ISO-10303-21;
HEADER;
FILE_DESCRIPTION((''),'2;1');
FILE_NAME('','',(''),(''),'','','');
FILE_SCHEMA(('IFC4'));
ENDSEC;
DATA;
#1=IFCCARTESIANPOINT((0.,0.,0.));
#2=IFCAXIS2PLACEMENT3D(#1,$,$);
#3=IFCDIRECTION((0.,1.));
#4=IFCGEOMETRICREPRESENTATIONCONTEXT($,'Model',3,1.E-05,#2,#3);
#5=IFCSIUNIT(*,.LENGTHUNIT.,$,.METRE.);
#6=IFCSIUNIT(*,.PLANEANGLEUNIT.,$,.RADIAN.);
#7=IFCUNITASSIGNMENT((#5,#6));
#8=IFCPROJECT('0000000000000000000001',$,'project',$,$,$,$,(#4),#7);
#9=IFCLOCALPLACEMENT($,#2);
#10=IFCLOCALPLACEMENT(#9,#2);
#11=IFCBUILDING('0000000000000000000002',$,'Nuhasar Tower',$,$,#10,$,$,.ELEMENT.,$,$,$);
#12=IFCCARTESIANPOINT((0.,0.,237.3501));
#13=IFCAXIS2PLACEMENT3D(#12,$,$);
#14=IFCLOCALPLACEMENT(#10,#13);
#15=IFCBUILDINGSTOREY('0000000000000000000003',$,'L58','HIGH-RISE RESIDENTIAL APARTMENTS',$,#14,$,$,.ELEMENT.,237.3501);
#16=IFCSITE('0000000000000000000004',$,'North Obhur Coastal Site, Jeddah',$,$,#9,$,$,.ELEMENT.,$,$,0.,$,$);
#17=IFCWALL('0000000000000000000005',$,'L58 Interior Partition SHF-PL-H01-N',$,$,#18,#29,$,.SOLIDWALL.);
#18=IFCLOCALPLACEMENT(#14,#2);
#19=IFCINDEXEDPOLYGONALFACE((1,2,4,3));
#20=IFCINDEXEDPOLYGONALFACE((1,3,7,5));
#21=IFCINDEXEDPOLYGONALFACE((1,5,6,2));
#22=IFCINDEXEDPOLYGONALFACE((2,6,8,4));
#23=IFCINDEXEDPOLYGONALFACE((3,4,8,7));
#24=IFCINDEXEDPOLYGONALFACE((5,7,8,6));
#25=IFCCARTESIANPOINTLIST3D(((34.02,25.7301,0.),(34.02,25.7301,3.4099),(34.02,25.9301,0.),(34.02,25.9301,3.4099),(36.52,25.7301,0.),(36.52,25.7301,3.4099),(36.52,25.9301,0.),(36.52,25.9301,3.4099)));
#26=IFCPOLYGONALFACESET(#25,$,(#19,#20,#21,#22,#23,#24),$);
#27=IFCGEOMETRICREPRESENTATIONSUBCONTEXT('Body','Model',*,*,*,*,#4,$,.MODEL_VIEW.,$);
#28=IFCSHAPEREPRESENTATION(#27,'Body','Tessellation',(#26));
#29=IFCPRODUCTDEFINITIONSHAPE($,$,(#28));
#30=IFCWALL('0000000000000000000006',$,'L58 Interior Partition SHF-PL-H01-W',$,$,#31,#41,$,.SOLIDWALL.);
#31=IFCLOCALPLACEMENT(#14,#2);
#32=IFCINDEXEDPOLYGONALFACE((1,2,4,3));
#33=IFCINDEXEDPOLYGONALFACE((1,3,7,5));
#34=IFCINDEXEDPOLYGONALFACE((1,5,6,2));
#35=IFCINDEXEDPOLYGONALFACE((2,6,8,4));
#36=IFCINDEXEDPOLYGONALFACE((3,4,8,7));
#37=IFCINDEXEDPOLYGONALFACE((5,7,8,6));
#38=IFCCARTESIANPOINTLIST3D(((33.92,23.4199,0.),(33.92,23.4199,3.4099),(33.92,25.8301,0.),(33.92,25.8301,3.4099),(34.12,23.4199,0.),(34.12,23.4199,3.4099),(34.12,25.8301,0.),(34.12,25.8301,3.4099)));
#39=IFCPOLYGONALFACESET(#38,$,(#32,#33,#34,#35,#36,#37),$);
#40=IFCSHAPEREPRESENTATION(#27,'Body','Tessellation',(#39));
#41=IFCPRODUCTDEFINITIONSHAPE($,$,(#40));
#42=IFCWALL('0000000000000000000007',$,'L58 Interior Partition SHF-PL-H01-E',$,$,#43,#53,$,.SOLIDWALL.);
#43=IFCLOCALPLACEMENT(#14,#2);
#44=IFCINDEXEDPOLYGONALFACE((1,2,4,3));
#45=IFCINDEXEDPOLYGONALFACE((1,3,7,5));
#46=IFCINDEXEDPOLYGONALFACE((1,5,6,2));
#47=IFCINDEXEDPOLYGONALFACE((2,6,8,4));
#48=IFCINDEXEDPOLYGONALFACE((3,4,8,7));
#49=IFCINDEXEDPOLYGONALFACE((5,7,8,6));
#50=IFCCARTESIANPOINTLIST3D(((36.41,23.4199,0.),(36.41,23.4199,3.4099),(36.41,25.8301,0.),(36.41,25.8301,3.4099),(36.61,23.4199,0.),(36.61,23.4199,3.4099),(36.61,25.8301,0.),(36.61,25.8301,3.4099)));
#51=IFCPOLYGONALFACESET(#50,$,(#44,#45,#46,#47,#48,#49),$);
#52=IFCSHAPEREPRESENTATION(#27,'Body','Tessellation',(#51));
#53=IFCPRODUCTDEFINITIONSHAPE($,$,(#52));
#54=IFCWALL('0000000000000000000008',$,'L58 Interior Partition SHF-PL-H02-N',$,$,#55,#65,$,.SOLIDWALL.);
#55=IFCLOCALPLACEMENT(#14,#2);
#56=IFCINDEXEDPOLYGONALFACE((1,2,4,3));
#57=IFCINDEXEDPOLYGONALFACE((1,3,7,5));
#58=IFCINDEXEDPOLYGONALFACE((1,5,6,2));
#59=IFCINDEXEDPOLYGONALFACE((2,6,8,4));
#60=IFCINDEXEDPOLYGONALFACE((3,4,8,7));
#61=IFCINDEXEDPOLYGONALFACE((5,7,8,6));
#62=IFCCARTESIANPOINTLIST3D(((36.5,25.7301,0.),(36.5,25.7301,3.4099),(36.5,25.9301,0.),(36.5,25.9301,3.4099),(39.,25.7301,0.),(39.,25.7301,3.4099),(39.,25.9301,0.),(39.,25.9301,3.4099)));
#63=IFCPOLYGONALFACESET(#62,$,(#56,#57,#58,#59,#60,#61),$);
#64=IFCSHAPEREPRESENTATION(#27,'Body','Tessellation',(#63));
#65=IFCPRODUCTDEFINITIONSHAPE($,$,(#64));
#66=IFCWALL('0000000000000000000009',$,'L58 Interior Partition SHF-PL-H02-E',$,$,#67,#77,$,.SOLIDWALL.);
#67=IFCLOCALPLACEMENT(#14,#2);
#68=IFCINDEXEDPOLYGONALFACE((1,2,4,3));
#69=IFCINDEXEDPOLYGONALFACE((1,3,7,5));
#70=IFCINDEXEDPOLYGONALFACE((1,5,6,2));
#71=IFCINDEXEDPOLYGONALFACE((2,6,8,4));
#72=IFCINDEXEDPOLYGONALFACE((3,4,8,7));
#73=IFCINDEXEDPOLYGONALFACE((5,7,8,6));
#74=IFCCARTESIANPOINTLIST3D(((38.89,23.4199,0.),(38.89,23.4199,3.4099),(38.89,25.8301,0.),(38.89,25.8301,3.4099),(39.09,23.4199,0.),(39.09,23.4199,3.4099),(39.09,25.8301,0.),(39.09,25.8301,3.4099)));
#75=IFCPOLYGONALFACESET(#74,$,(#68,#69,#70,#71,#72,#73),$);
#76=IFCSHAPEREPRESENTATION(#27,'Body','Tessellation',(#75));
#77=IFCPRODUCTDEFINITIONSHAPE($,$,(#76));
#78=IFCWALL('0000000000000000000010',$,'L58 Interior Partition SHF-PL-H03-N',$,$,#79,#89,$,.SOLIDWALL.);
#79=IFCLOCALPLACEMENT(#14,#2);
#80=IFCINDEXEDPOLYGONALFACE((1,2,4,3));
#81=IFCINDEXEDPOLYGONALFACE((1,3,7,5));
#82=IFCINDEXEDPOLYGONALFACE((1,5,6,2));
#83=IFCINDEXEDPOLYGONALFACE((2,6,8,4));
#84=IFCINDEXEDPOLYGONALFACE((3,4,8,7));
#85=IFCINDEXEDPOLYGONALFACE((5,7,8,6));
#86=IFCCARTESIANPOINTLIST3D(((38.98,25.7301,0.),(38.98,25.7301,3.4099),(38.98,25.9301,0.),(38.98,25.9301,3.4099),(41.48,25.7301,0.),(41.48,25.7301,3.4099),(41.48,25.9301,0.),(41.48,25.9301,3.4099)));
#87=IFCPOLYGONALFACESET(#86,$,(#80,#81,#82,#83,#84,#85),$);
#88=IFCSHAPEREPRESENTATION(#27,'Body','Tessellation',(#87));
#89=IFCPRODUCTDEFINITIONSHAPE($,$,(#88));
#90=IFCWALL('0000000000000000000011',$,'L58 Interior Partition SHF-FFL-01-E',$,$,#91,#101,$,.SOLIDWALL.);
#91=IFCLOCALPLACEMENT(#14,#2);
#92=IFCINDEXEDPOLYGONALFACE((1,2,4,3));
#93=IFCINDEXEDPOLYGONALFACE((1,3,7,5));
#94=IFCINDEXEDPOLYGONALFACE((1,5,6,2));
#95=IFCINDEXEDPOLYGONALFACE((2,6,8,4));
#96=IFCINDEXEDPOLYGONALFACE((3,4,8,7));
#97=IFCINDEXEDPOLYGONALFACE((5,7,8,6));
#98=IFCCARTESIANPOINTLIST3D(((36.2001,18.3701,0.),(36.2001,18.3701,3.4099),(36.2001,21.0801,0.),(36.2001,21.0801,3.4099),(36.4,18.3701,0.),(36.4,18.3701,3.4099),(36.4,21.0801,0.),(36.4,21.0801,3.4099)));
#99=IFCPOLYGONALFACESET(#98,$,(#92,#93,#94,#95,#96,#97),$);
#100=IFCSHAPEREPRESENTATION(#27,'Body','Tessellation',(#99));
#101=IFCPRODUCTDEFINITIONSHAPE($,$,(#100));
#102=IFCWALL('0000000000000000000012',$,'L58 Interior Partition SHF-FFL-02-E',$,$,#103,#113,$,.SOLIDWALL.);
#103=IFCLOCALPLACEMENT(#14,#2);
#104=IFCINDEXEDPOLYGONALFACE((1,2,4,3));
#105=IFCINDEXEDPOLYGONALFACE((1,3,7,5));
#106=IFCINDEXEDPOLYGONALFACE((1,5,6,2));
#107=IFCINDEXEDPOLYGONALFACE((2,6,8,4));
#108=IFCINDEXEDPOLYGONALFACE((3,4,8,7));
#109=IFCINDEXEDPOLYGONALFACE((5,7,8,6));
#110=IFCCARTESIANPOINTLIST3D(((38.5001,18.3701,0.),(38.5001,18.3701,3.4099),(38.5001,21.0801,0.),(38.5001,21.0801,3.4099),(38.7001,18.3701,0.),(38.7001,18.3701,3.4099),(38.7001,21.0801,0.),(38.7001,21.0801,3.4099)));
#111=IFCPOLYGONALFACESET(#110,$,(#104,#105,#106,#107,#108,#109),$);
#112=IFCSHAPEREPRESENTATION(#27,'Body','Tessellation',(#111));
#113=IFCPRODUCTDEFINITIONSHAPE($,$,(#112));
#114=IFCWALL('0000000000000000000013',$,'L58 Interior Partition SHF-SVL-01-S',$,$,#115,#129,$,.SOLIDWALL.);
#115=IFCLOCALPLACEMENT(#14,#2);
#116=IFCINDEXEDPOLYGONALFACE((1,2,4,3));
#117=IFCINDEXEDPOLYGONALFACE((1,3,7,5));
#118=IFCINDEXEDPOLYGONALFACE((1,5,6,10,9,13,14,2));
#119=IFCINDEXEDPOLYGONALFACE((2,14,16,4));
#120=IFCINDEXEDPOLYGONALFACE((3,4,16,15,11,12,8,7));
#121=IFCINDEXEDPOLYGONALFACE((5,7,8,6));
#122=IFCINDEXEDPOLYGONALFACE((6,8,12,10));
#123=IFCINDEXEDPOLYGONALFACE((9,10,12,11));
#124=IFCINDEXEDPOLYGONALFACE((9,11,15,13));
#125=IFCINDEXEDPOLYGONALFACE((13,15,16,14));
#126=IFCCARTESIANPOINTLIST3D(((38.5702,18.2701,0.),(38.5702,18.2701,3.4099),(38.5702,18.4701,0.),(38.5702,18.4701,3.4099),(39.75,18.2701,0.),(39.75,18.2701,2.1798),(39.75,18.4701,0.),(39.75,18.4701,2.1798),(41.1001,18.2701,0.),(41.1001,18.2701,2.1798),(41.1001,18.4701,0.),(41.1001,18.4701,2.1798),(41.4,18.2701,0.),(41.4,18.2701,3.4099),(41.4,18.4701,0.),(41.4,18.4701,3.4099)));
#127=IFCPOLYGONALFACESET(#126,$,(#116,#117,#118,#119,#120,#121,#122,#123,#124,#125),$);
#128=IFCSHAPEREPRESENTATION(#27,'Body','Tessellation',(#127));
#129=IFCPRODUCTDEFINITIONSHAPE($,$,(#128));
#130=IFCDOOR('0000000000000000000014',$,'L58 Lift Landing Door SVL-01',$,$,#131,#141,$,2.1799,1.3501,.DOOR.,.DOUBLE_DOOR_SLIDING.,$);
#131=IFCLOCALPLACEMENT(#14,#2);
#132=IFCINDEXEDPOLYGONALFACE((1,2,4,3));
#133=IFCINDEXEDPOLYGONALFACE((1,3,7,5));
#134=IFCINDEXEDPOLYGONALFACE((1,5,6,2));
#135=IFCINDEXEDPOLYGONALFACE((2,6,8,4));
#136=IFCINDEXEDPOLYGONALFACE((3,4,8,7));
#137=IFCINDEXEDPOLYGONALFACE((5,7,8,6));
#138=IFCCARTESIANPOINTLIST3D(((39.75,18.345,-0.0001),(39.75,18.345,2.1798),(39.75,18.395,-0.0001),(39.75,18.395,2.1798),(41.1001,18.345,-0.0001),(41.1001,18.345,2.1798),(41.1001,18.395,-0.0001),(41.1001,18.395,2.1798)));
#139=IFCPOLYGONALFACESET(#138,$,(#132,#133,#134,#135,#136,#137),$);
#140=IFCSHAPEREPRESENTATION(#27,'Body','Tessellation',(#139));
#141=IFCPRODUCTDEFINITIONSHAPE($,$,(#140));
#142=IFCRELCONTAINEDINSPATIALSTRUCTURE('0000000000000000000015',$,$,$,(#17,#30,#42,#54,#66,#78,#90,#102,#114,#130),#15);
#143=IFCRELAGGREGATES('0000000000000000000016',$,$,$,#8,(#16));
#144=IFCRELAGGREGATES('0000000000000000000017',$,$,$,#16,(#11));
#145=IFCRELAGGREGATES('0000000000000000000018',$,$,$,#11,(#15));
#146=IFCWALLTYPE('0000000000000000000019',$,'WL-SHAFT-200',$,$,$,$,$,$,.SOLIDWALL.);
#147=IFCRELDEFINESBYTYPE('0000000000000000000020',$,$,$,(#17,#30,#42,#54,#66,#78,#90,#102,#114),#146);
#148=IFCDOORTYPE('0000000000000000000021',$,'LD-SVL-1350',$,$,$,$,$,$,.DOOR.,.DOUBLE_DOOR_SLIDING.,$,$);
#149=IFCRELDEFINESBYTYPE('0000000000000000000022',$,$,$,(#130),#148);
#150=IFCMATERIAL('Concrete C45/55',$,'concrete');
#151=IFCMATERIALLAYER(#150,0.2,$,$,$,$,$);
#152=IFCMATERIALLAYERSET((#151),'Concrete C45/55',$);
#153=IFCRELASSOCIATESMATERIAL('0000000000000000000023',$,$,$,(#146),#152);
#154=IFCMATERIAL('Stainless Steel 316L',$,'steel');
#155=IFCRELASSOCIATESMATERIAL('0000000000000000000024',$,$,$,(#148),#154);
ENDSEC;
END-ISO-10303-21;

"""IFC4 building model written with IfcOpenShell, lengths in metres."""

from ifc_helpers import new_model, si_unit, direction, frame, frame_2d, origin, place, context, subcontext, project, spatial, rectangle, extrude, material, layer, layer_set, type_object, element, fill, save


model = new_model("IFC4")

# Units and contexts
model_context = context("Model", 3, precision=1e-05, world=origin(), true_north=direction((0.0, 1.0)))
body_context = subcontext(model_context, "Body", "Model", "MODEL_VIEW")
ifc_project = project(units=[si_unit("LENGTHUNIT", "METRE"), si_unit("PLANEANGLEUNIT", "RADIAN")], contexts=[model_context])

# Site, building, storey
site_placement = place(None, origin())
site = spatial("IfcSite", under=ifc_project, at=site_placement, Name="North Obhur Coastal Site, Jeddah", CompositionType="ELEMENT", RefElevation=0.0)
building_placement = place(site_placement, origin())
building = spatial("IfcBuilding", under=site, at=building_placement, Name="Nuhasar Tower", CompositionType="ELEMENT")
storey_placement = place(building_placement, frame((0.0, 0.0, 237.3501)))
storey = spatial("IfcBuildingStorey", under=building, at=storey_placement, Name="L58", Description="HIGH-RISE RESIDENTIAL APARTMENTS", CompositionType="ELEMENT", Elevation=237.3501)

# Shared definitions
ifc_material_1 = material(Name="Concrete C45/55", Category="concrete")

# Shared definitions
ifc_layer_1 = layer(ifc_material_1, 0.2)
ifc_layer_set_1 = layer_set([ifc_layer_1], Name="Concrete C45/55")
wall_type_1 = type_object("IfcWallType", Name="WL-SHAFT-200", PredefinedType="SOLIDWALL", material=ifc_layer_set_1)
ifc_material_2 = material(Name="Stainless Steel 316L", Category="steel")

# Walls
wall_1_placement = place(storey_placement, frame((34.02, 25.8301, 0.0), z_axis=(0.0, 0.0, 1.0), x_axis=(1.0, 0.0, 0.0)))
element("IfcWall", 1, at=wall_1_placement, inside=storey, type_object=wall_type_1, Name="L58 Interior Partition SHF-PL-H01-N", PredefinedType="SOLIDWALL", context=body_context, shape_type="SweptSolid", body=[
    extrude(rectangle(XDim=2.5, YDim=0.2, at=frame_2d((1.25, 0.0))), origin(), (0.0, 0.0, 1.0), 3.4099),
])
for number, where, z_axis, x_axis, name in (
    (2, (34.02, 23.4199, 0.0), (0.0, 0.0, 1.0), (0.0, 1.0, 0.0), "L58 Interior Partition SHF-PL-H01-W"),
    (3, (36.51, 23.4199, 0.0), (0.0, 0.0, 1.0), (0.0, 1.0, 0.0), "L58 Interior Partition SHF-PL-H01-E"),
):
    element("IfcWall", number, at=place(storey_placement, frame(where, z_axis=z_axis, x_axis=x_axis)), inside=storey, type_object=wall_type_1, Name=name, PredefinedType="SOLIDWALL", context=body_context, shape_type="SweptSolid", body=[
        extrude(rectangle(XDim=2.4102, YDim=0.2, at=frame_2d((1.2051, 0.0))), origin(), (0.0, 0.0, 1.0), 3.4099),
    ])

# Walls
wall_2_placement = place(storey_placement, frame((36.5, 25.8301, 0.0), z_axis=(0.0, 0.0, 1.0), x_axis=(1.0, 0.0, 0.0)))
element("IfcWall", 4, at=wall_2_placement, inside=storey, type_object=wall_type_1, Name="L58 Interior Partition SHF-PL-H02-N", PredefinedType="SOLIDWALL", context=body_context, shape_type="SweptSolid", body=[
    extrude(rectangle(XDim=2.5, YDim=0.2, at=frame_2d((1.25, 0.0))), origin(), (0.0, 0.0, 1.0), 3.4099),
])
wall_3_placement = place(storey_placement, frame((38.99, 23.4199, 0.0), z_axis=(0.0, 0.0, 1.0), x_axis=(0.0, 1.0, 0.0)))
element("IfcWall", 5, at=wall_3_placement, inside=storey, type_object=wall_type_1, Name="L58 Interior Partition SHF-PL-H02-E", PredefinedType="SOLIDWALL", context=body_context, shape_type="SweptSolid", body=[
    extrude(rectangle(XDim=2.4102, YDim=0.2, at=frame_2d((1.2051, 0.0))), origin(), (0.0, 0.0, 1.0), 3.4099),
])

# Walls
wall_4_placement = place(storey_placement, frame((38.98, 25.8301, 0.0), z_axis=(0.0, 0.0, 1.0), x_axis=(1.0, 0.0, 0.0)))
element("IfcWall", 6, at=wall_4_placement, inside=storey, type_object=wall_type_1, Name="L58 Interior Partition SHF-PL-H03-N", PredefinedType="SOLIDWALL", context=body_context, shape_type="SweptSolid", body=[
    extrude(rectangle(XDim=2.5, YDim=0.2, at=frame_2d((1.25, 0.0))), origin(), (0.0, 0.0, 1.0), 3.4099),
])
for number, where, z_axis, x_axis, name in (
    (7, (36.3, 18.3701, 0.0), (0.0, 0.0, 1.0), (0.0, 1.0, 0.0), "L58 Interior Partition SHF-FFL-01-E"),
    (8, (38.6001, 18.3701, 0.0), (0.0, 0.0, 1.0), (0.0, 1.0, 0.0), "L58 Interior Partition SHF-FFL-02-E"),
):
    element("IfcWall", number, at=place(storey_placement, frame(where, z_axis=z_axis, x_axis=x_axis)), inside=storey, type_object=wall_type_1, Name=name, PredefinedType="SOLIDWALL", context=body_context, shape_type="SweptSolid", body=[
        extrude(rectangle(XDim=2.71, YDim=0.2, at=frame_2d((1.355, 0.0))), origin(), (0.0, 0.0, 1.0), 3.4099),
    ])

# Wall, opening, door
wall_5_placement = place(storey_placement, frame((38.5701, 18.3701, 0.0), z_axis=(0.0, 0.0, 1.0), x_axis=(1.0, 0.0, 0.0)))
wall_5 = element("IfcWall", 9, at=wall_5_placement, inside=storey, type_object=wall_type_1, Name="L58 Interior Partition SHF-SVL-01-S", PredefinedType="SOLIDWALL", context=body_context, shape_type="SweptSolid", body=[
    extrude(rectangle(XDim=2.8298, YDim=0.2, at=frame_2d((1.415, 0.0))), origin(), (0.0, 0.0, 1.0), 3.4099),
])
opening_1_placement = place(wall_5_placement, frame((1.1799, 0.0, 0.0)))
opening_1 = element("IfcOpeningElement", 10, at=opening_1_placement, cuts=wall_5, PredefinedType="OPENING", context=body_context, shape_type="SweptSolid", body=[
    extrude(rectangle(XDim=1.3501, YDim=2.1799, at=frame_2d((0.675, 1.0898))), frame((0.0, 0.1099, 0.0), z_axis=(0.0, -1.0, 0.0), x_axis=(1.0, 0.0, 0.0)), (0.0, 0.0, 1.0), 0.22),
])
door_type_1 = type_object("IfcDoorType", Name="LD-SVL-1350", OperationType="DOUBLE_DOOR_SLIDING", PredefinedType="DOOR", material=ifc_material_2)
door_1_placement = place(opening_1_placement, origin())
door_1 = element("IfcDoor", 11, at=door_1_placement, inside=storey, type_object=door_type_1, Name="L58 Lift Landing Door SVL-01", OperationType="DOUBLE_DOOR_SLIDING", OverallHeight=2.1799, OverallWidth=1.3501, PredefinedType="DOOR", context=body_context, shape_type="SweptSolid", body=[
    extrude(rectangle(XDim=1.3501, YDim=2.1799, at=frame_2d((0.675, 1.0898))), frame((0.0, 0.0249, 0.0), z_axis=(0.0, -1.0, 0.0), x_axis=(1.0, 0.0, 0.0)), (0.0, 0.0, 1.0), 0.05),
])
fill(opening_1, door_1)

save(model, "model.ifc")
